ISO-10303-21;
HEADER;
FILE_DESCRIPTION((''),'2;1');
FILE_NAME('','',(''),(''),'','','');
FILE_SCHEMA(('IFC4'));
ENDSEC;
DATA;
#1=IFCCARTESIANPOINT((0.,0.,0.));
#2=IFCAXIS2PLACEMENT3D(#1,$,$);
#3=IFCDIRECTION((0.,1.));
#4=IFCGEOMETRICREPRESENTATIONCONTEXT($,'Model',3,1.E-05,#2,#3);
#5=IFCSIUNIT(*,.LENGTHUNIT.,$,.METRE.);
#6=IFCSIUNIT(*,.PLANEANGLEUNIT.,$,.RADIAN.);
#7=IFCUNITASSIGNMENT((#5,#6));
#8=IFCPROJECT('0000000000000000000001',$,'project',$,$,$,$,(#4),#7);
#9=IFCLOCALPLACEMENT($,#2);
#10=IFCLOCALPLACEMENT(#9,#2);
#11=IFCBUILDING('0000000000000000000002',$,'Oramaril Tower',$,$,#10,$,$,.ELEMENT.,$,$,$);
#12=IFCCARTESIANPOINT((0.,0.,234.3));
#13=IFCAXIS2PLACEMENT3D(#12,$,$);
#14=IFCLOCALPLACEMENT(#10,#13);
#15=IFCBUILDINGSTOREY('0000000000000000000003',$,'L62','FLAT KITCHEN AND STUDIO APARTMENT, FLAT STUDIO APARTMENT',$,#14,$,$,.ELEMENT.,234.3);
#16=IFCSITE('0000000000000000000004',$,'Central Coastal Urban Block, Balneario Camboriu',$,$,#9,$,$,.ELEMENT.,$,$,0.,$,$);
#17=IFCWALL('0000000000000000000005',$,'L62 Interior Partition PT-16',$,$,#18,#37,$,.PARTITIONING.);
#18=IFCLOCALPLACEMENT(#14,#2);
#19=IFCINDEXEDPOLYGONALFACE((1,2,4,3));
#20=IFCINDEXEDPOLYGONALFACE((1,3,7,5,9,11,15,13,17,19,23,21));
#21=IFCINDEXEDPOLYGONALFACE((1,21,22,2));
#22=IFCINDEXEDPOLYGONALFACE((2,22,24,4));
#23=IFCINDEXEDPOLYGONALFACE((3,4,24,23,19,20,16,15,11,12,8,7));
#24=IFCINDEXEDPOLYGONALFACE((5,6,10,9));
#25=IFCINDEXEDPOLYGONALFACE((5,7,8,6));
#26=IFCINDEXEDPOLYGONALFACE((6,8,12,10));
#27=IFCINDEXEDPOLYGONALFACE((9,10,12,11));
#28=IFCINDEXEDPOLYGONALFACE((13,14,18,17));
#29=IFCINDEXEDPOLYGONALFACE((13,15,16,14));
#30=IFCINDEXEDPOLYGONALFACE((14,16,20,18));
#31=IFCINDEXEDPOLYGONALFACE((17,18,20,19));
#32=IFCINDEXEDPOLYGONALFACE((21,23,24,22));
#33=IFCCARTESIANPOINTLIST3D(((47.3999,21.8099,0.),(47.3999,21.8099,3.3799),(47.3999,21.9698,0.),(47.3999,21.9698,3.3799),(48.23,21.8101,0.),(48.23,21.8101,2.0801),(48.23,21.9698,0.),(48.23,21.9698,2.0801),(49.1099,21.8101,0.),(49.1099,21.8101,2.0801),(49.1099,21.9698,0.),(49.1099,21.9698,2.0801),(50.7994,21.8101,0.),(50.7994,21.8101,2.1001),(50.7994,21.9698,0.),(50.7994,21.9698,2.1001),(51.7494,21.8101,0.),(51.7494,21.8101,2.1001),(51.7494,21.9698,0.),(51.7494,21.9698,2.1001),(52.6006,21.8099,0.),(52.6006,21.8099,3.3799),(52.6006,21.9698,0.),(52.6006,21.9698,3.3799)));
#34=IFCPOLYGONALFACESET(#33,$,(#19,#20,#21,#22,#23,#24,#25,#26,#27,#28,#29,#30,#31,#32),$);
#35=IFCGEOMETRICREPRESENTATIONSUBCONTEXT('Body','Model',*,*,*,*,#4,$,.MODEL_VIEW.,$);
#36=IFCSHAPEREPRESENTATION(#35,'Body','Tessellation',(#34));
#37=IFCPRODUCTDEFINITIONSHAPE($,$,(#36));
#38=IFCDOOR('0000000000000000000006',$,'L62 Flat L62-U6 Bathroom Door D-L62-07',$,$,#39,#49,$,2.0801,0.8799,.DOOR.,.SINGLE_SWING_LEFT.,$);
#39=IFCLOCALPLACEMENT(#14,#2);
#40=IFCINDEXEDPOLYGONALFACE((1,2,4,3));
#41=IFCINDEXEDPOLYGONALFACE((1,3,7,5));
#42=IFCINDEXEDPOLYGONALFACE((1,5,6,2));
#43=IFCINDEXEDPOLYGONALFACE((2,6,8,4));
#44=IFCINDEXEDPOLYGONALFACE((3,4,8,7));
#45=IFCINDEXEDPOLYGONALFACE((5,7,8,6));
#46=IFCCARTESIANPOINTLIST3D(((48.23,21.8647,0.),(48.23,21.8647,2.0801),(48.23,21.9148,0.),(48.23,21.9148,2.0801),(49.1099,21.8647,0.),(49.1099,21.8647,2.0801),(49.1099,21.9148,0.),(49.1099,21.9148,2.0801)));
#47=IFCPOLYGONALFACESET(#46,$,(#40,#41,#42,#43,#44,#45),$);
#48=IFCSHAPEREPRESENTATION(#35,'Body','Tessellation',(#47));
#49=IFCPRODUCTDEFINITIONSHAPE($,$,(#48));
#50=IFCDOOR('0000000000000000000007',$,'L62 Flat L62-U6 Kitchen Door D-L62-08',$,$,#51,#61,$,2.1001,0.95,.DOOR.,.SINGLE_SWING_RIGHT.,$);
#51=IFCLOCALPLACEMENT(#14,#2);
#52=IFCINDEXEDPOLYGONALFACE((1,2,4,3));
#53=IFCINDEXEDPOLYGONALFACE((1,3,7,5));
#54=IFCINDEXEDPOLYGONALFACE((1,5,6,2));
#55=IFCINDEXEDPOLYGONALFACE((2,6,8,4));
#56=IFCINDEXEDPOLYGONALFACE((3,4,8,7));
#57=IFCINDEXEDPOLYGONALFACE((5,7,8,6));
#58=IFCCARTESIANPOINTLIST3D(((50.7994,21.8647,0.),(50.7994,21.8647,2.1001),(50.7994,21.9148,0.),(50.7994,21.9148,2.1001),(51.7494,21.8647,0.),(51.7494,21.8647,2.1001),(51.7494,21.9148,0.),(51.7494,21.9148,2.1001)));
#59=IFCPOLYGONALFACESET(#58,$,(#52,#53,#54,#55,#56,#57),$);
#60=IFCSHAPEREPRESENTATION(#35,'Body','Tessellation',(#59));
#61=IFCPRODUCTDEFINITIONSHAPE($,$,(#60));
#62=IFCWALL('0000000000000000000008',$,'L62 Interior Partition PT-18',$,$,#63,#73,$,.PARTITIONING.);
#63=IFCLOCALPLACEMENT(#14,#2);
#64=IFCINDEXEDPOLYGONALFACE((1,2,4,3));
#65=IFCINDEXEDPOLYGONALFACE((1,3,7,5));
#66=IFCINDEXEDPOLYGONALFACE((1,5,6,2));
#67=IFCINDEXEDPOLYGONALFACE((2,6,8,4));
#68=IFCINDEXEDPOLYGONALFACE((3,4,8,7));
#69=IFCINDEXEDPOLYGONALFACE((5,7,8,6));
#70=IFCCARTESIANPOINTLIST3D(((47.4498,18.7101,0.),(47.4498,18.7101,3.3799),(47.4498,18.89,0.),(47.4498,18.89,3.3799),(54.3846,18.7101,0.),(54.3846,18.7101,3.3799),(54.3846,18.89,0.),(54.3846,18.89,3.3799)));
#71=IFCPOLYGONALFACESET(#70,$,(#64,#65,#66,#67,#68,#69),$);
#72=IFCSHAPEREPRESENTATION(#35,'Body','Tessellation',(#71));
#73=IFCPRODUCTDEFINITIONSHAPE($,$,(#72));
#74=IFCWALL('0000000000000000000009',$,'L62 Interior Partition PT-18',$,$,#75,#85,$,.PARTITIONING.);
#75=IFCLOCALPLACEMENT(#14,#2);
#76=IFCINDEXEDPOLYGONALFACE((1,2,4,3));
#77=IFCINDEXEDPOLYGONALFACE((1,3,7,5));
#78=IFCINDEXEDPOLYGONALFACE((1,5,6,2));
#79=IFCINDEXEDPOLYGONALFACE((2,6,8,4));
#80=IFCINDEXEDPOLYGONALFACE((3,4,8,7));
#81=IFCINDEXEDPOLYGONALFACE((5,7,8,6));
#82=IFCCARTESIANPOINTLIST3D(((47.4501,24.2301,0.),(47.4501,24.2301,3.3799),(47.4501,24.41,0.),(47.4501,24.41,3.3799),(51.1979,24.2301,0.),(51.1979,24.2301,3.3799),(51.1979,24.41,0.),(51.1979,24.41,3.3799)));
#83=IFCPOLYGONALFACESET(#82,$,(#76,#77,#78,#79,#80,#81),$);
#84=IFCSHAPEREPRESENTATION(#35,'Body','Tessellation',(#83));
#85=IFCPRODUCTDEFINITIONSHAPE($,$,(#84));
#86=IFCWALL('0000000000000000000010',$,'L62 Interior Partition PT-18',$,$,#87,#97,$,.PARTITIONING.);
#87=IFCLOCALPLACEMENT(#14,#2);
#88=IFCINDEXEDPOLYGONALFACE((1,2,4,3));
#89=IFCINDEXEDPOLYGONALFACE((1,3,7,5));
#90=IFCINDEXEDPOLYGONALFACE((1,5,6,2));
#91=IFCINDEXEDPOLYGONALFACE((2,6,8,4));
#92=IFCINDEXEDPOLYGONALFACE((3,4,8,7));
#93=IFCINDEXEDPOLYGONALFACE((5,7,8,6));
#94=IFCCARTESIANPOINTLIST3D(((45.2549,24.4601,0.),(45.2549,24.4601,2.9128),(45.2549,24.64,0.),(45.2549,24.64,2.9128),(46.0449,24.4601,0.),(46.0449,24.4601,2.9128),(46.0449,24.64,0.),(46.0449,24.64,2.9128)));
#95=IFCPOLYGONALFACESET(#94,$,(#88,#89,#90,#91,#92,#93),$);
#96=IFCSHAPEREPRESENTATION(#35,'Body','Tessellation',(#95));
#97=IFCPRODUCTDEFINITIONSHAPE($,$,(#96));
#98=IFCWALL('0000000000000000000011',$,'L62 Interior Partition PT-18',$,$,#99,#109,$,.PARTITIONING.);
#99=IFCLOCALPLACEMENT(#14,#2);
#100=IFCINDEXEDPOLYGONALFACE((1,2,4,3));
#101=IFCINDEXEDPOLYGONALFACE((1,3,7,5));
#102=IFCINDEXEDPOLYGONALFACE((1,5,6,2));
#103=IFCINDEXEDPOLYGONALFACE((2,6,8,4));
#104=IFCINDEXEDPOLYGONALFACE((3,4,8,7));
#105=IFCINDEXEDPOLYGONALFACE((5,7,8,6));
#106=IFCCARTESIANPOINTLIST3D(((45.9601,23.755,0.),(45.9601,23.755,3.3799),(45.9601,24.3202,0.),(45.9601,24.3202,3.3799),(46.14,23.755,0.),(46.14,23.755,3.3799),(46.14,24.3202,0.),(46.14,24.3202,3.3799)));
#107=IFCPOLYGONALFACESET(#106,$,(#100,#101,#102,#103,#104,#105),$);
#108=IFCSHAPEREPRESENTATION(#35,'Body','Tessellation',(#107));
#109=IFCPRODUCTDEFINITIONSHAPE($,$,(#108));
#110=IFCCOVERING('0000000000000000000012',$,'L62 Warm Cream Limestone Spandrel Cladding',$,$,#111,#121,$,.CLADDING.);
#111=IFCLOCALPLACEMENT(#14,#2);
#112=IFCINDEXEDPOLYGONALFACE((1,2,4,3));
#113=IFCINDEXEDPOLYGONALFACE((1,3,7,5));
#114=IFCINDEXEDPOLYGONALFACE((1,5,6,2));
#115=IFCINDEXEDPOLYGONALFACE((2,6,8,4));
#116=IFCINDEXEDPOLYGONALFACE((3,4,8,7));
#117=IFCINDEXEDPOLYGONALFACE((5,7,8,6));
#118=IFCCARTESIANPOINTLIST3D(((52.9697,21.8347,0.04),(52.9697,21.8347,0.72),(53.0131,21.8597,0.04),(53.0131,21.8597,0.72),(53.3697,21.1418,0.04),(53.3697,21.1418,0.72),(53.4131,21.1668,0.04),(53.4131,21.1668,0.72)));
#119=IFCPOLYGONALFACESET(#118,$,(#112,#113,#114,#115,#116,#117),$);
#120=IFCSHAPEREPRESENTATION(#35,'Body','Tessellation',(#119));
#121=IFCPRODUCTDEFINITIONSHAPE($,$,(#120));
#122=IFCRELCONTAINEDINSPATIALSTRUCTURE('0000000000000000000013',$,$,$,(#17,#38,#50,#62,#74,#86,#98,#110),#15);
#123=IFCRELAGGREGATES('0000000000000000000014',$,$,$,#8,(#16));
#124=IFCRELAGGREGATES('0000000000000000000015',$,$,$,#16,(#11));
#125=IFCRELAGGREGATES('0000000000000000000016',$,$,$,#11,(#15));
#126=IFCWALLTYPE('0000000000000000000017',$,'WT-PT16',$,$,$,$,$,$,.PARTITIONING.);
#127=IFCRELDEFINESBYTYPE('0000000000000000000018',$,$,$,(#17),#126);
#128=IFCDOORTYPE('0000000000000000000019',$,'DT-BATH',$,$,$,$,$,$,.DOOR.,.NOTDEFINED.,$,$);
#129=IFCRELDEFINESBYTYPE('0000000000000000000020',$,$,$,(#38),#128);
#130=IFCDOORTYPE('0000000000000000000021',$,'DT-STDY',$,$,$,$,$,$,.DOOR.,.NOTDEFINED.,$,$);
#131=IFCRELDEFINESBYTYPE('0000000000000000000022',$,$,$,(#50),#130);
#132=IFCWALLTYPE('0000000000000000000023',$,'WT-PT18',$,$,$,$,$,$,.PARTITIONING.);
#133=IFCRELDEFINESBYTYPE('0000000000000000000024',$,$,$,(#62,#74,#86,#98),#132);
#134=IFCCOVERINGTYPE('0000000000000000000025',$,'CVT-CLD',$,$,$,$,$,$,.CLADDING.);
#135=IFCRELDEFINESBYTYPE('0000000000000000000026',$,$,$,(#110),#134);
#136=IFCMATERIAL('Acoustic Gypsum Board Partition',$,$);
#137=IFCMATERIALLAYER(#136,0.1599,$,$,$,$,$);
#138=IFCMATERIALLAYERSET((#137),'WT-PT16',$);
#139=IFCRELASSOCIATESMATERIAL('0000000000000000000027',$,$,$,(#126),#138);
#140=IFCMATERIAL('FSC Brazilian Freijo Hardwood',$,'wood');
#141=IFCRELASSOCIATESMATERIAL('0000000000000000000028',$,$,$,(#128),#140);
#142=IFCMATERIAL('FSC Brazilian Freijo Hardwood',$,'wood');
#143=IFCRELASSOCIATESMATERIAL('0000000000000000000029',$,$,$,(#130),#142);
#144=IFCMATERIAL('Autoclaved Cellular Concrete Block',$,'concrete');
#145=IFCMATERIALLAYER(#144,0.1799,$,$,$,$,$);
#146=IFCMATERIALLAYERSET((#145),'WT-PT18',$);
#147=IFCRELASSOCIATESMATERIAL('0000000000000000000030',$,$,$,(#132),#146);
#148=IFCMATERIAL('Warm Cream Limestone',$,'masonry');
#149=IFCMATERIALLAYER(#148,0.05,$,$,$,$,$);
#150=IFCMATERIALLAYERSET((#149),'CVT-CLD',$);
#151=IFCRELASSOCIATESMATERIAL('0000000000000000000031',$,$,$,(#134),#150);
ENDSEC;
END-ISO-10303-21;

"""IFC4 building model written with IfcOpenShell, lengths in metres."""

from ifc_helpers import new_model, si_unit, direction, frame, frame_2d, origin, origin_2d, place, context, subcontext, project, spatial, rectangle, extrude, material, layer, layer_set, type_object, element, fill, save


model = new_model("IFC4")

# Units and contexts
model_context = context("Model", 3, precision=1e-05, world=origin(), true_north=direction((0.0, 1.0)))
body_context = subcontext(model_context, "Body", "Model", "MODEL_VIEW")
ifc_project = project(units=[si_unit("LENGTHUNIT", "METRE"), si_unit("PLANEANGLEUNIT", "RADIAN")], contexts=[model_context])

# Site, building, storey
site_placement = place(None, origin())
site = spatial("IfcSite", under=ifc_project, at=site_placement, Name="Central Coastal Urban Block, Balneario Camboriu", CompositionType="ELEMENT", RefElevation=0.0)
building_placement = place(site_placement, origin())
building = spatial("IfcBuilding", under=site, at=building_placement, Name="Oramaril Tower", CompositionType="ELEMENT")
storey_placement = place(building_placement, frame((0.0, 0.0, 234.3)))
storey = spatial("IfcBuildingStorey", under=building, at=storey_placement, Name="L62", Description="FLAT KITCHEN AND STUDIO APARTMENT, FLAT STUDIO APARTMENT", CompositionType="ELEMENT", Elevation=234.3)

# Wall, openings, doors
ifc_material_1 = material(Name="Acoustic Gypsum Board Partition")
ifc_layer_1 = layer(ifc_material_1, 0.1599)
ifc_layer_set_1 = layer_set([ifc_layer_1], Name="WT-PT16")
wall_type_1 = type_object("IfcWallType", Name="WT-PT16", PredefinedType="PARTITIONING", material=ifc_layer_set_1)
wall_1_placement = place(storey_placement, frame((47.3999, 21.8899, 0.0), z_axis=(0.0, 0.0, 1.0), x_axis=(1.0, 0.0, 0.0)))
wall_1 = element("IfcWall", 1, at=wall_1_placement, inside=storey, type_object=wall_type_1, Name="L62 Interior Partition PT-16", PredefinedType="PARTITIONING", context=body_context, shape_type="SweptSolid", body=[
    extrude(rectangle(XDim=5.2007, YDim=0.1599, at=frame_2d((2.6003, 0.0))), origin(), (0.0, 0.0, 1.0), 3.3799),
])
opening_1_placement = place(wall_1_placement, frame((0.8301, 0.0, 0.0)))
opening_1 = element("IfcOpeningElement", 2, at=opening_1_placement, cuts=wall_1, PredefinedType="OPENING", context=body_context, shape_type="SweptSolid", body=[
    extrude(rectangle(XDim=0.8799, YDim=2.0801, at=frame_2d((0.4399, 1.04))), frame((0.0, 0.0801, 0.0), z_axis=(0.0, -1.0, 0.0), x_axis=(1.0, 0.0, 0.0)), (0.0, 0.0, 1.0), 0.1599),
])
opening_2_placement = place(wall_1_placement, frame((3.3994, 0.0, 0.0)))
opening_2 = element("IfcOpeningElement", 3, at=opening_2_placement, cuts=wall_1, PredefinedType="OPENING", context=body_context, shape_type="SweptSolid", body=[
    extrude(rectangle(XDim=0.95, YDim=2.1001, at=frame_2d((0.4751, 1.05))), frame((0.0, 0.0801, 0.0), z_axis=(0.0, -1.0, 0.0), x_axis=(1.0, 0.0, 0.0)), (0.0, 0.0, 1.0), 0.1599),
])
ifc_material_2 = material(Name="FSC Brazilian Freijo Hardwood", Category="wood")
door_type_1 = type_object("IfcDoorType", Name="DT-BATH", OperationType="NOTDEFINED", PredefinedType="DOOR", material=ifc_material_2)
door_1_placement = place(opening_1_placement, origin())
door_1 = element("IfcDoor", 4, at=door_1_placement, inside=storey, type_object=door_type_1, Name="L62 Flat L62-U6 Bathroom Door D-L62-07", OperationType="SINGLE_SWING_LEFT", OverallHeight=2.0801, OverallWidth=0.8799, PredefinedType="DOOR", context=body_context, shape_type="SweptSolid", body=[
    extrude(rectangle(XDim=0.8799, YDim=2.0801, at=frame_2d((0.4399, 1.04))), frame((0.0, 0.0249, 0.0), z_axis=(0.0, -1.0, 0.0), x_axis=(1.0, 0.0, 0.0)), (0.0, 0.0, 1.0), 0.05),
])
fill(opening_1, door_1)
ifc_material_3 = material(Name="FSC Brazilian Freijo Hardwood", Category="wood")
door_type_2 = type_object("IfcDoorType", Name="DT-STDY", OperationType="NOTDEFINED", PredefinedType="DOOR", material=ifc_material_3)
door_2_placement = place(opening_2_placement, origin())
door_2 = element("IfcDoor", 5, at=door_2_placement, inside=storey, type_object=door_type_2, Name="L62 Flat L62-U6 Kitchen Door D-L62-08", OperationType="SINGLE_SWING_RIGHT", OverallHeight=2.1001, OverallWidth=0.95, PredefinedType="DOOR", context=body_context, shape_type="SweptSolid", body=[
    extrude(rectangle(XDim=0.95, YDim=2.1001, at=frame_2d((0.4751, 1.05))), frame((0.0, 0.0249, 0.0), z_axis=(0.0, -1.0, 0.0), x_axis=(1.0, 0.0, 0.0)), (0.0, 0.0, 1.0), 0.05),
])
fill(opening_2, door_2)

# Walls
ifc_material_4 = material(Name="Autoclaved Cellular Concrete Block", Category="concrete")
ifc_layer_2 = layer(ifc_material_4, 0.1799)
ifc_layer_set_2 = layer_set([ifc_layer_2], Name="WT-PT18")
wall_type_2 = type_object("IfcWallType", Name="WT-PT18", PredefinedType="PARTITIONING", material=ifc_layer_set_2)
wall_2_placement = place(storey_placement, frame((47.45, 18.8, 0.0), z_axis=(0.0, 0.0, 1.0), x_axis=(1.0, 0.0, 0.0)))
element("IfcWall", 6, at=wall_2_placement, inside=storey, type_object=wall_type_2, Name="L62 Interior Partition PT-18", PredefinedType="PARTITIONING", context=body_context, shape_type="SweptSolid", body=[
    extrude(rectangle(XDim=6.9348, YDim=0.1799, at=frame_2d((3.4673, 0.0))), origin(), (0.0, 0.0, 1.0), 3.3799),
])
wall_3_placement = place(storey_placement, frame((47.45, 24.3201, 0.0), z_axis=(0.0, 0.0, 1.0), x_axis=(1.0, 0.0, 0.0)))
element("IfcWall", 7, at=wall_3_placement, inside=storey, type_object=wall_type_2, Name="L62 Interior Partition PT-18", PredefinedType="PARTITIONING", context=body_context, shape_type="SweptSolid", body=[
    extrude(rectangle(XDim=3.7478, YDim=0.1799, at=frame_2d((1.874, 0.0))), origin(), (0.0, 0.0, 1.0), 3.3799),
])
wall_4_placement = place(storey_placement, frame((45.2549, 24.55, 0.0), z_axis=(0.0, 0.0, 1.0), x_axis=(1.0, 0.0, 0.0)))
element("IfcWall", 8, at=wall_4_placement, inside=storey, type_object=wall_type_2, Name="L62 Interior Partition PT-18", PredefinedType="PARTITIONING", context=body_context, shape_type="SweptSolid", body=[
    extrude(rectangle(XDim=0.79, YDim=0.1799, at=frame_2d((0.395, 0.0))), origin(), (0.0, 0.0, 1.0), 2.9128),
])
wall_5_placement = place(storey_placement, frame((46.05, 23.7549, 0.0), z_axis=(0.0, 0.0, 1.0), x_axis=(0.0, 1.0, 0.0)))
element("IfcWall", 9, at=wall_5_placement, inside=storey, type_object=wall_type_2, Name="L62 Interior Partition PT-18", PredefinedType="PARTITIONING", context=body_context, shape_type="SweptSolid", body=[
    extrude(rectangle(XDim=0.5652, YDim=0.1799, at=frame_2d((0.2827, 0.0))), origin(), (0.0, 0.0, 1.0), 3.3799),
])

# Covering
ifc_material_5 = material(Name="Warm Cream Limestone", Category="masonry")
ifc_layer_3 = layer(ifc_material_5, 0.05)
ifc_layer_set_3 = layer_set([ifc_layer_3], Name="CVT-CLD")
covering_type = type_object("IfcCoveringType", Name="CVT-CLD", PredefinedType="CLADDING", material=ifc_layer_set_3)
covering_placement = place(storey_placement, frame((53.1914, 21.5007, 0.04), z_axis=(0.0, 0.0, 1.0), x_axis=(-0.499998, 0.866026, 0.0)))
element("IfcCovering", 10, at=covering_placement, inside=storey, type_object=covering_type, Name="L62 Warm Cream Limestone Spandrel Cladding", PredefinedType="CLADDING", context=body_context, shape_type="SweptSolid", body=[
    extrude(rectangle(XDim=0.8, YDim=0.05, at=origin_2d()), origin(), (0.0, 0.0, 1.0), 0.6799),
])

save(model, "model.ifc")
